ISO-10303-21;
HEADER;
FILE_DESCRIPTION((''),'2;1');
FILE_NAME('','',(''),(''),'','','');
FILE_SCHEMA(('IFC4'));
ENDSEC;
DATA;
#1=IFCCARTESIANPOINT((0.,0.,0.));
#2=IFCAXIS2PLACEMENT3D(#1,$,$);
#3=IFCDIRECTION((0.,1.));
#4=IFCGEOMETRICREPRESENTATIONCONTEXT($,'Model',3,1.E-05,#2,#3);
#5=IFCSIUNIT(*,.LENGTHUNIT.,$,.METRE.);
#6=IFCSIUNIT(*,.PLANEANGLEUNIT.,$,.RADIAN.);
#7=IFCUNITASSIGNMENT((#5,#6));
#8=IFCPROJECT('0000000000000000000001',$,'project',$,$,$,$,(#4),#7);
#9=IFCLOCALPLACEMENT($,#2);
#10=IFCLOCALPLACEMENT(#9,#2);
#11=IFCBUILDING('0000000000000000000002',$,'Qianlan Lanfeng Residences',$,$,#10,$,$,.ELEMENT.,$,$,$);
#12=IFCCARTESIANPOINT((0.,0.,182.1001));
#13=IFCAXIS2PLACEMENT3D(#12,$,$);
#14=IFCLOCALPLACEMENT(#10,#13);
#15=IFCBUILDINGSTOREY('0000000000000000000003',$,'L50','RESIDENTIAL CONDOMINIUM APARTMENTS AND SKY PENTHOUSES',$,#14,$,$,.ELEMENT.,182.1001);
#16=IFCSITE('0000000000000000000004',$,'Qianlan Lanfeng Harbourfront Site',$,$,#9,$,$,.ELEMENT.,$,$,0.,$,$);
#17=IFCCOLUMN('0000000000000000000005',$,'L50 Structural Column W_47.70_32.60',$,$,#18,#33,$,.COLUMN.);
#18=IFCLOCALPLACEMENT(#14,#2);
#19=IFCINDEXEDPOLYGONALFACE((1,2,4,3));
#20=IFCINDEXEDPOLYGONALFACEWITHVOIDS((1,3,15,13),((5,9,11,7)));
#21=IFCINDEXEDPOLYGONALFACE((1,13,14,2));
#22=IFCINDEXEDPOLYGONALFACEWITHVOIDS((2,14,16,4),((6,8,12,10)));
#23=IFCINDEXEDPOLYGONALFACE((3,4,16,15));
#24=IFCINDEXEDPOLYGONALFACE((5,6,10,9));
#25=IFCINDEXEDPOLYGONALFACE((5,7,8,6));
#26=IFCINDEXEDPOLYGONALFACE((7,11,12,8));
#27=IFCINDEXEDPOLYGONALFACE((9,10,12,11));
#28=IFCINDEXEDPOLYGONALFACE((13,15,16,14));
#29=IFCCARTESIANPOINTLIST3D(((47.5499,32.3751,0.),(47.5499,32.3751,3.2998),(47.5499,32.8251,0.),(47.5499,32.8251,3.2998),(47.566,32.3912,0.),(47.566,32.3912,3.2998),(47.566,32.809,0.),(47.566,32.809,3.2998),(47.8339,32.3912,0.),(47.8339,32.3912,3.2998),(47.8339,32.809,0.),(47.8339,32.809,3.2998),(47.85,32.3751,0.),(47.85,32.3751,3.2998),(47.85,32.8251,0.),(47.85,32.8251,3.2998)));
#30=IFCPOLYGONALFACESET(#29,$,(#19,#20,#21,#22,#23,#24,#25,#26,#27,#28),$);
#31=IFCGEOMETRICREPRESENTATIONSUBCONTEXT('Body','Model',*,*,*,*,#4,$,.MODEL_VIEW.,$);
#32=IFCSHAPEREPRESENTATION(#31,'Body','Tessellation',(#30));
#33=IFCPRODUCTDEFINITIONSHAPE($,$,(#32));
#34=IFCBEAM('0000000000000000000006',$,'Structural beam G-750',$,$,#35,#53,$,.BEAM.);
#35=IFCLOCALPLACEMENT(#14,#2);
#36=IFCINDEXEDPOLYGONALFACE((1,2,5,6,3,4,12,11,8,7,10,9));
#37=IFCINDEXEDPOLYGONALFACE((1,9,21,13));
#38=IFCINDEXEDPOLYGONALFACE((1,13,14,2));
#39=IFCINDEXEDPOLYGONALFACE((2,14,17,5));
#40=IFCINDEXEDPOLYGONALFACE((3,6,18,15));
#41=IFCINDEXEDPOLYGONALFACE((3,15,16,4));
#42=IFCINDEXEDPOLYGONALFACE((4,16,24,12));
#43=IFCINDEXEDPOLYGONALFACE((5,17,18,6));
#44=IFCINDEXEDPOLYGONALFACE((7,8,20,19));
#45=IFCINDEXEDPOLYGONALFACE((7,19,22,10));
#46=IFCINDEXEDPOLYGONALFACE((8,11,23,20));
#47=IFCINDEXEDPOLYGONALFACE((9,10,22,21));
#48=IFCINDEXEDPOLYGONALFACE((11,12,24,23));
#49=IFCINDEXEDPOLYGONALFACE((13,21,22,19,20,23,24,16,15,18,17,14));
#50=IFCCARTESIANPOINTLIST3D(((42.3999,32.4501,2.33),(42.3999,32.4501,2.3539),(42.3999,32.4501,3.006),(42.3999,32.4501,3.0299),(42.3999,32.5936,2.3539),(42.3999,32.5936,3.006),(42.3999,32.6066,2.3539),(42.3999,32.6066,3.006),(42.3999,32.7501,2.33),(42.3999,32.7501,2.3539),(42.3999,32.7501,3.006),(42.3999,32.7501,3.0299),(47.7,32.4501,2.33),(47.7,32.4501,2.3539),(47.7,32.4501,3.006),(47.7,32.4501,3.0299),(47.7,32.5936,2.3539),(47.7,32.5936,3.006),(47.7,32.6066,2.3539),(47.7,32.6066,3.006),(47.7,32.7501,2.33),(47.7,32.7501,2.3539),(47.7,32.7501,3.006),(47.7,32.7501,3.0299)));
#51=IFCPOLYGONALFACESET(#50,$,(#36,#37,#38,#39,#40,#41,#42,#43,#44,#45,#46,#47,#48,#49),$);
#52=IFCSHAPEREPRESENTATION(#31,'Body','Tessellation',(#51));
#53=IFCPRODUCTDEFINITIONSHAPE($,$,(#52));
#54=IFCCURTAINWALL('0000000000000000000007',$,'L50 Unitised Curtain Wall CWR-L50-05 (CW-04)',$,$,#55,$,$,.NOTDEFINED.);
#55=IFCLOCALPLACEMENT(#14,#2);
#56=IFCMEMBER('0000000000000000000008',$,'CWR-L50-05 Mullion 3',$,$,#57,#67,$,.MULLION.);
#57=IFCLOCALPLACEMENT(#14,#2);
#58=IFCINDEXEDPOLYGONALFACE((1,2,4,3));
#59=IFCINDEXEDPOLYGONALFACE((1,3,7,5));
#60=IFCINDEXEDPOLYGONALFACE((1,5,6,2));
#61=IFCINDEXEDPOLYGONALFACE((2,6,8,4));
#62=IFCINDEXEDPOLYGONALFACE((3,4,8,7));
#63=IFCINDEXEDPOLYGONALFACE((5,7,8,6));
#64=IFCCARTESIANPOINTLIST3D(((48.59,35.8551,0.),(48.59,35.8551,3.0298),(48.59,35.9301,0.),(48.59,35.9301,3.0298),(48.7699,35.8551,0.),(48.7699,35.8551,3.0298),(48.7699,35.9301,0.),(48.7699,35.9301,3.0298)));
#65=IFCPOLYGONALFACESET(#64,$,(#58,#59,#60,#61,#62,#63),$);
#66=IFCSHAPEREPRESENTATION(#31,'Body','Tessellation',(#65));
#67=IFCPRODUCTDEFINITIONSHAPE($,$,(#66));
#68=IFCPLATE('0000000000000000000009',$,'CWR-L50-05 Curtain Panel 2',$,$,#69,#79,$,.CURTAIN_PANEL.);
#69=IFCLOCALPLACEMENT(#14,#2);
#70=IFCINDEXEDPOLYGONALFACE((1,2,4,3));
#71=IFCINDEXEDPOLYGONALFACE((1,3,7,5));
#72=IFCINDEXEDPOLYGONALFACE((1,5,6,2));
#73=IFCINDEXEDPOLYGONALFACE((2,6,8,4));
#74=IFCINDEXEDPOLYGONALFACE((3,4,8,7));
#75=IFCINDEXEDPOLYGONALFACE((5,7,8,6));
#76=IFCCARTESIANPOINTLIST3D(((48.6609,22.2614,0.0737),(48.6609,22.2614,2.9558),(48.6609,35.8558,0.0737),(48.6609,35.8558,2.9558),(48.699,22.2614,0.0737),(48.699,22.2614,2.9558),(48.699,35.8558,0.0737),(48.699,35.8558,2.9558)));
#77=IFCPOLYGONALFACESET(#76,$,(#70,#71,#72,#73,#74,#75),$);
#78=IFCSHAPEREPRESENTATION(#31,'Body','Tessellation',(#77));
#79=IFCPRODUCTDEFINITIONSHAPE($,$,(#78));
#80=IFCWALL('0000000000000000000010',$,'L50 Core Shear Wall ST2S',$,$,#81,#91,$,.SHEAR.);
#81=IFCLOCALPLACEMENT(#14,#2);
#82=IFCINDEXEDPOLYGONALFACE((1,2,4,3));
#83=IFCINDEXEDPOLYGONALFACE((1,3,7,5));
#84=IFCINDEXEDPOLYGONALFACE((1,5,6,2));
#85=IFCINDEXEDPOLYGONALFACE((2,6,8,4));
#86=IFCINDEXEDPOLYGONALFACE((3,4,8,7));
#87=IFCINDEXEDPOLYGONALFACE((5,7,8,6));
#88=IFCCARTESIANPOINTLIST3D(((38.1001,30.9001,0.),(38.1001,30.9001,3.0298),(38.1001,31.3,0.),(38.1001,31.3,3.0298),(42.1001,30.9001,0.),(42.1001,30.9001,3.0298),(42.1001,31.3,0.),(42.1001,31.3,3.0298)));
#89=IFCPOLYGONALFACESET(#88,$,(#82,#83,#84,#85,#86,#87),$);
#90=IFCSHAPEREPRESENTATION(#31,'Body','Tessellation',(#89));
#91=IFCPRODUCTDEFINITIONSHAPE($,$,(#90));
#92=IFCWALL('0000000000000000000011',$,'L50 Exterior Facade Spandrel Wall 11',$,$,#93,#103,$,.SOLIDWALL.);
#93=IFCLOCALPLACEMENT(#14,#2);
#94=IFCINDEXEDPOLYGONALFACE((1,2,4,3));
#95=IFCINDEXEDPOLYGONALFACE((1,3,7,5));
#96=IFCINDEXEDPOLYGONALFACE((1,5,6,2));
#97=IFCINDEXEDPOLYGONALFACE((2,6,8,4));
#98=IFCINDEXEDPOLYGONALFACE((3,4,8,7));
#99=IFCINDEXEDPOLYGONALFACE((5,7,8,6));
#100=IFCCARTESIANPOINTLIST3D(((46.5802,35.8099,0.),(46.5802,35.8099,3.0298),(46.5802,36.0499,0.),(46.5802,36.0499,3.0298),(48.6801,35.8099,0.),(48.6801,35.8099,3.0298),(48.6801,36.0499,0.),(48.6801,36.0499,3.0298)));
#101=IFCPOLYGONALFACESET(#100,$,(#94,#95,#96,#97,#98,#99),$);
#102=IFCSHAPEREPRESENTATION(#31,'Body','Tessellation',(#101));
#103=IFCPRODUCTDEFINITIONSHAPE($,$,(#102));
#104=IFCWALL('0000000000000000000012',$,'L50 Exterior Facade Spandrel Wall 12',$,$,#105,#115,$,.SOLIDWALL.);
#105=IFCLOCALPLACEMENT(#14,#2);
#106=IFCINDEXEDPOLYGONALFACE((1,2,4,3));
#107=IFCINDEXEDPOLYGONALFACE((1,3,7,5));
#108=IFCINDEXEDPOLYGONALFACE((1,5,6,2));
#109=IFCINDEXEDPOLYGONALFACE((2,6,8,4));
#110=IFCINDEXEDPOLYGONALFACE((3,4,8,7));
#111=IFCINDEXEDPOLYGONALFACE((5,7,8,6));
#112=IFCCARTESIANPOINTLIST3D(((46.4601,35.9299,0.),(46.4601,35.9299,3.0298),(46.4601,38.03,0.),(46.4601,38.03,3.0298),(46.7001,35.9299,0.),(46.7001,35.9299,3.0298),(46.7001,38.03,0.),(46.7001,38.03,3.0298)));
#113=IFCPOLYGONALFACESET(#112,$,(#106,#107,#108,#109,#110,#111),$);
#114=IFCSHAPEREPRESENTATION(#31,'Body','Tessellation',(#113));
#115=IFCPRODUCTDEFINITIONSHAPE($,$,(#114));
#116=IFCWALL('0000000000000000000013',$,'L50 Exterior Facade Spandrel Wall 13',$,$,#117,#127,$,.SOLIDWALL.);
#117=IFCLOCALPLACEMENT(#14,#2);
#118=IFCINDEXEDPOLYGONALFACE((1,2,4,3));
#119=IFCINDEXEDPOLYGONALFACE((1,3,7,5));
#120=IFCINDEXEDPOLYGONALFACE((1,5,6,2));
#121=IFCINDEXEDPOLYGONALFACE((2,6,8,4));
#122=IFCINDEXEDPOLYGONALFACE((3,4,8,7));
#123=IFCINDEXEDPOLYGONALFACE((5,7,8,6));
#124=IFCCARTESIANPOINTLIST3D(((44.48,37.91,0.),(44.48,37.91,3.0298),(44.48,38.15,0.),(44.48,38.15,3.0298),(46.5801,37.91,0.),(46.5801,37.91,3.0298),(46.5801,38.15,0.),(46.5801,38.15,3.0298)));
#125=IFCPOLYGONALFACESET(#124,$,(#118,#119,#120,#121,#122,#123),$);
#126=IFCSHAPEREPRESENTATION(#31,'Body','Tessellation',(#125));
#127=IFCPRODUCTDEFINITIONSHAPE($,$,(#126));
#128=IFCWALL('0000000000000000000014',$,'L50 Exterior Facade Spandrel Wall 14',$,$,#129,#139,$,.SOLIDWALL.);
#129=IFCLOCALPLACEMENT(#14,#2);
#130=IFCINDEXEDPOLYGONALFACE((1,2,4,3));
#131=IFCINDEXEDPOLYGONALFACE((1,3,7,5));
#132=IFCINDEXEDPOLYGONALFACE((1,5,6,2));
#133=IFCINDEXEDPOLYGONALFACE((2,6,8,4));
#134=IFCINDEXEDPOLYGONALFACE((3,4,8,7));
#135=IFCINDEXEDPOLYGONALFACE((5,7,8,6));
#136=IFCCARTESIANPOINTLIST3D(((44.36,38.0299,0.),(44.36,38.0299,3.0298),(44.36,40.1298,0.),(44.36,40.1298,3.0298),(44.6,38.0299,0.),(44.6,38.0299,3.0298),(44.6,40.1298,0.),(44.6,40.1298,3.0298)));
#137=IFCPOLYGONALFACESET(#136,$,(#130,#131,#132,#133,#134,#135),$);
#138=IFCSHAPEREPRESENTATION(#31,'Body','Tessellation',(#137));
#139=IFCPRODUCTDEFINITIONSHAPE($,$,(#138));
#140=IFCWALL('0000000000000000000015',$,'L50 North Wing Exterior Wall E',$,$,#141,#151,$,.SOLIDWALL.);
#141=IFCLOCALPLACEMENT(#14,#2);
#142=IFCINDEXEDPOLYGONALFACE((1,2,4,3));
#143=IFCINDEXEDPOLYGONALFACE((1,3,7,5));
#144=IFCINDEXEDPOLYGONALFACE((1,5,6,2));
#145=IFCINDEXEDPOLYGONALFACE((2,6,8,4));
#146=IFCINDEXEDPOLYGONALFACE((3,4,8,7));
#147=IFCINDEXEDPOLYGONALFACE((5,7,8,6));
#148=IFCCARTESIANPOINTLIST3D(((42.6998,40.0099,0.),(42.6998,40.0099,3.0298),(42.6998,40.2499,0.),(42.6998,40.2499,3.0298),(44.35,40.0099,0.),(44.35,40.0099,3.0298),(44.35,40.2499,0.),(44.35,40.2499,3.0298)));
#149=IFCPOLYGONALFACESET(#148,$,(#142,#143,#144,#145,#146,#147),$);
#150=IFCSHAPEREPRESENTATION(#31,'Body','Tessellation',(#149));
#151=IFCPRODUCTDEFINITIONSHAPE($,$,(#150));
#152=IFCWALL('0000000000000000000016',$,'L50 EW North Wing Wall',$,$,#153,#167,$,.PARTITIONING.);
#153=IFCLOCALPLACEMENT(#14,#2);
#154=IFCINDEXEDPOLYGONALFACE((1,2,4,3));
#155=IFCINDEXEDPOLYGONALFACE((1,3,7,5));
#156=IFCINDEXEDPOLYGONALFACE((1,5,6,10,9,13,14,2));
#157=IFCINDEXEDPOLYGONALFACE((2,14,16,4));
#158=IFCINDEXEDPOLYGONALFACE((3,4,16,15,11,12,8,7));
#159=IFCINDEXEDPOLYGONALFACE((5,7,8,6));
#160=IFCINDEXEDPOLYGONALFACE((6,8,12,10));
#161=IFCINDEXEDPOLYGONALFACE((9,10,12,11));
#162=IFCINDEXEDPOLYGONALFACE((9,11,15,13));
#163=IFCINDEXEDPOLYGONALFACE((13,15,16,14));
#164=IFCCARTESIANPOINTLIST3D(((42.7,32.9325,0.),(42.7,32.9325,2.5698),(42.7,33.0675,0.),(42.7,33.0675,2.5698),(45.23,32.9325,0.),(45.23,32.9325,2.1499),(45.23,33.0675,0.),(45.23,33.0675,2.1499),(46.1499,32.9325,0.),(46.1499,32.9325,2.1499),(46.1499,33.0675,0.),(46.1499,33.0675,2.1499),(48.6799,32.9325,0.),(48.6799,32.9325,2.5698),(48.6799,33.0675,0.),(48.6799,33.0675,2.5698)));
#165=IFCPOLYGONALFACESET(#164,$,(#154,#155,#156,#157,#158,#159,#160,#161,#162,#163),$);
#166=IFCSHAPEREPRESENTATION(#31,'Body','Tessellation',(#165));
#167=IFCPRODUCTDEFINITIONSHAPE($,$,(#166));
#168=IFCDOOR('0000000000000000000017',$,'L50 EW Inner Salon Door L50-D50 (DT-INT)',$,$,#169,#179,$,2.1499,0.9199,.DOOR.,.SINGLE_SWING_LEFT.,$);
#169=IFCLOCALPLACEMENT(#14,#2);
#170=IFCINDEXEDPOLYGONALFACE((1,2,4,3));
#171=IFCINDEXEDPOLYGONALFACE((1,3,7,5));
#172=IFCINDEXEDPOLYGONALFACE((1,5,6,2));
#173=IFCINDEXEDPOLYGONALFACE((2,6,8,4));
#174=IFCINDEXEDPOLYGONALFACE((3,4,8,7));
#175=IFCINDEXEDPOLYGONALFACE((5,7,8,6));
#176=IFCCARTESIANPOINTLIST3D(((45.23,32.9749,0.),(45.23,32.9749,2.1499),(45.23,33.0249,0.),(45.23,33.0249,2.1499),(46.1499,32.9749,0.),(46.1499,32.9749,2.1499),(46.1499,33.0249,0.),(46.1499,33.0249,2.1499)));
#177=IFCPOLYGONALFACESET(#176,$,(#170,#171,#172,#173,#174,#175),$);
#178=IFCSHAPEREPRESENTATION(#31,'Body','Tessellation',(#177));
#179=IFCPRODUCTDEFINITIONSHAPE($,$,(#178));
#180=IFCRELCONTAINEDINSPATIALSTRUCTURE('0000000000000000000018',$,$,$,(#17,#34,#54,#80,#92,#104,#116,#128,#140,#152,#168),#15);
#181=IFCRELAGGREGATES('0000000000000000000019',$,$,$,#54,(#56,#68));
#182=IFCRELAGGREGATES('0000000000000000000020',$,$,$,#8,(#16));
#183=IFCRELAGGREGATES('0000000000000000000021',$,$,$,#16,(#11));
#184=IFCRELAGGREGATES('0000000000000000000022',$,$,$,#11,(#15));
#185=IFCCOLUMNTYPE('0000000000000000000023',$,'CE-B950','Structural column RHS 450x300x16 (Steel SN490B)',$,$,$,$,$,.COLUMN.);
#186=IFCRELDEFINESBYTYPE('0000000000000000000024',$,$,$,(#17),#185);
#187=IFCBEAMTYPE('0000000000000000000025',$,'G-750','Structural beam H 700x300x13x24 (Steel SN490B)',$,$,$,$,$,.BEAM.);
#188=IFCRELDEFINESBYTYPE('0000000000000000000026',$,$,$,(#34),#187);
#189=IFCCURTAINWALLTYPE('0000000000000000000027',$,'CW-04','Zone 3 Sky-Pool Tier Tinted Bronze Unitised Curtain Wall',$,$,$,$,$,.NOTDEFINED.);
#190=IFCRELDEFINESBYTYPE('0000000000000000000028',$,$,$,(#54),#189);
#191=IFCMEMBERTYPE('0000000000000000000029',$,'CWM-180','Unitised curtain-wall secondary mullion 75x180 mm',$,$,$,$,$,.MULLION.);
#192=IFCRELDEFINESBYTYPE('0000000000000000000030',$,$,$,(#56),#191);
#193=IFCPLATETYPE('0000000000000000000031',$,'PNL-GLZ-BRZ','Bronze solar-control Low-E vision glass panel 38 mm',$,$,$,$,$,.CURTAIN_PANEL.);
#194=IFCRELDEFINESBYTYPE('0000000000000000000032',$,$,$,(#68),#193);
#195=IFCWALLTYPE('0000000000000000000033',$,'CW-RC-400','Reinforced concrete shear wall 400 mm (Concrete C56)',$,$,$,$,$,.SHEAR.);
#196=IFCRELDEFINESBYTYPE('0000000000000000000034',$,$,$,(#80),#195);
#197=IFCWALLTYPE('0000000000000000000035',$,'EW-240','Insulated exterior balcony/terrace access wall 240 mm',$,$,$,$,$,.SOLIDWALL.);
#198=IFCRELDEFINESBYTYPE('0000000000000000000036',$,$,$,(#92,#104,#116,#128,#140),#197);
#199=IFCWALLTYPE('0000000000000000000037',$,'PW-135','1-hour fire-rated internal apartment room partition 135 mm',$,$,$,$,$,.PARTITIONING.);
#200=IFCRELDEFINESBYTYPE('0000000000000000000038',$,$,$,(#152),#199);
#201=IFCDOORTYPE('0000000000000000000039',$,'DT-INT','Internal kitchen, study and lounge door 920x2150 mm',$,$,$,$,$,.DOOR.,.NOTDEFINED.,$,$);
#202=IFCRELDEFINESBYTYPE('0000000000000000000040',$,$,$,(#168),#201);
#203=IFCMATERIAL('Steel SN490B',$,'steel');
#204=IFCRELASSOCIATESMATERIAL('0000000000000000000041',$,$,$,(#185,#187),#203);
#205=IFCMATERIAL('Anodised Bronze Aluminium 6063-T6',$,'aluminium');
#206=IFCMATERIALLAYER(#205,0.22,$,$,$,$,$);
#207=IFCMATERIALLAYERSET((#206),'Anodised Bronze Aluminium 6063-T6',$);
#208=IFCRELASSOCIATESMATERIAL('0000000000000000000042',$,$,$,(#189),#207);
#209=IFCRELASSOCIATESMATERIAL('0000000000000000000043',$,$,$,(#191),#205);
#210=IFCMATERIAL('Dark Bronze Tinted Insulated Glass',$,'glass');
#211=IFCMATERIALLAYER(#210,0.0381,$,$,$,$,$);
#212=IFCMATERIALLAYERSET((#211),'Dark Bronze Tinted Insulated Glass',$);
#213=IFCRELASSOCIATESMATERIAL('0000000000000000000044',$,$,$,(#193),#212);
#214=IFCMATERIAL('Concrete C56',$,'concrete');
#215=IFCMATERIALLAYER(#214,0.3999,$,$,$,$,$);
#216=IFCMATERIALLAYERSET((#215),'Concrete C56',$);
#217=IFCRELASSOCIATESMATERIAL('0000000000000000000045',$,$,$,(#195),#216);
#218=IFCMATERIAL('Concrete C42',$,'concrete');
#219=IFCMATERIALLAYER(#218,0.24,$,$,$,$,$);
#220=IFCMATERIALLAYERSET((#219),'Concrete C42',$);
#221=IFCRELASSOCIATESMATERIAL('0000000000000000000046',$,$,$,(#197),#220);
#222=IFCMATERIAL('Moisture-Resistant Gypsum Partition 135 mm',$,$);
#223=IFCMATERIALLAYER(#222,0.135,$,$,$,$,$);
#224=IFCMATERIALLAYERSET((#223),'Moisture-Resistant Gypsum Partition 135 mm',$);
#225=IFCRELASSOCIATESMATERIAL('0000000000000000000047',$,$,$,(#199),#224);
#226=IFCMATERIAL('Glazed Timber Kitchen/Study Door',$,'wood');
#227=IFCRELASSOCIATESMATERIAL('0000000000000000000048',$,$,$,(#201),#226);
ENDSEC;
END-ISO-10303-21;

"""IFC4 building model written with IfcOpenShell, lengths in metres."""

from ifc_helpers import new_model, si_unit, direction, frame, frame_2d, origin, origin_2d, place, context, subcontext, project, spatial, rectangle, hollow_rectangle, i_section, extrude, source, transform, mapped, material, layer, layer_set, material_profile, profile_set, type_object, element, fill, aggregate, save


model = new_model("IFC4")

# Units and contexts
model_context = context("Model", 3, precision=1e-05, world=origin(), true_north=direction((0.0, 1.0)))
body_context = subcontext(model_context, "Body", "Model", "MODEL_VIEW")
ifc_project = project(units=[si_unit("LENGTHUNIT", "METRE"), si_unit("PLANEANGLEUNIT", "RADIAN")], contexts=[model_context])

# Site, building, storey
site_placement = place(None, origin())
site = spatial("IfcSite", under=ifc_project, at=site_placement, Name="Qianlan Lanfeng Harbourfront Site", CompositionType="ELEMENT", RefElevation=0.0)
building_placement = place(site_placement, origin())
building = spatial("IfcBuilding", under=site, at=building_placement, Name="Qianlan Lanfeng Residences", CompositionType="ELEMENT")
storey_placement = place(building_placement, frame((0.0, 0.0, 182.1001)))
storey = spatial("IfcBuildingStorey", under=building, at=storey_placement, Name="L50", Description="RESIDENTIAL CONDOMINIUM APARTMENTS AND SKY PENTHOUSES", CompositionType="ELEMENT", Elevation=182.1001)

# Column
ifc_material_1 = material(Name="Steel SN490B", Category="steel")
ifc_material_profile_1 = material_profile(ifc_material_1, hollow_rectangle(XDim=0.3, YDim=0.45, WallThickness=0.0161, at=origin_2d()), Name="RHS 450x300x16")
ifc_profile_set_1 = profile_set([ifc_material_profile_1], Name="Steel SN490B")
column_type = type_object("IfcColumnType", Name="CE-B950", Description="Structural column RHS 450x300x16 (Steel SN490B)", PredefinedType="COLUMN", material=ifc_profile_set_1)
column_placement = place(storey_placement, frame((47.7, 32.6001, 0.0), z_axis=(0.0, 0.0, 1.0), x_axis=(1.0, 0.0, 0.0)))
element("IfcColumn", 1, at=column_placement, inside=storey, type_object=column_type, Name="L50 Structural Column W_47.70_32.60", PredefinedType="COLUMN", context=body_context, shape_type="SweptSolid", body=[
    extrude(hollow_rectangle(XDim=0.3, YDim=0.45, WallThickness=0.0161, at=origin_2d()), origin(), (0.0, 0.0, 1.0), 3.2998),
])

# Beam
ifc_material_profile_2 = material_profile(ifc_material_1, i_section(OverallWidth=0.3, OverallDepth=0.7, WebThickness=0.0129, FlangeThickness=0.0239, at=origin_2d()), Name="H 700x300x13x24")
ifc_profile_set_2 = profile_set([ifc_material_profile_2], Name="Steel SN490B")
beam_type = type_object("IfcBeamType", Name="G-750", Description="Structural beam H 700x300x13x24 (Steel SN490B)", PredefinedType="BEAM", material=ifc_profile_set_2)
beam_placement = place(storey_placement, frame((42.3999, 32.6001, 2.6799), z_axis=(1.0, 0.0, 0.0), x_axis=(0.0, 1.0, 0.0)))
element("IfcBeam", 2, at=beam_placement, inside=storey, type_object=beam_type, Name="Structural beam G-750", PredefinedType="BEAM", context=body_context, shape_type="SweptSolid", body=[
    extrude(i_section(OverallWidth=0.3, OverallDepth=0.7, WebThickness=0.0129, FlangeThickness=0.0239, at=origin_2d()), origin(), (0.0, 0.0, 1.0), 5.3),
])

# Curtain wall, member, plate
ifc_material_2 = material(Name="Anodised Bronze Aluminium 6063-T6", Category="aluminium")
ifc_layer_1 = layer(ifc_material_2, 0.22)
ifc_layer_set_1 = layer_set([ifc_layer_1], Name="Anodised Bronze Aluminium 6063-T6")
curtain_wall_type = type_object("IfcCurtainWallType", Name="CW-04", Description="Zone 3 Sky-Pool Tier Tinted Bronze Unitised Curtain Wall", PredefinedType="NOTDEFINED", material=ifc_layer_set_1)
curtain_wall_placement = place(storey_placement, origin())
curtain_wall = element("IfcCurtainWall", 3, at=curtain_wall_placement, inside=storey, type_object=curtain_wall_type, Name="L50 Unitised Curtain Wall CWR-L50-05 (CW-04)", PredefinedType="NOTDEFINED")
ifc_material_profile_3 = material_profile(ifc_material_2, rectangle(XDim=0.075, YDim=0.1799, at=origin_2d()), Name="ALU MULLION 75x180")
ifc_profile_set_3 = profile_set([ifc_material_profile_3], Name="Anodised Bronze Aluminium 6063-T6")
member_type = type_object("IfcMemberType", Name="CWM-180", Description="Unitised curtain-wall secondary mullion 75x180 mm", PredefinedType="MULLION", material=ifc_profile_set_3)
shared_shape_1 = source(origin(), body_context, "Body", "SweptSolid", [
    extrude(rectangle(XDim=0.075, YDim=0.1799, at=origin_2d()), origin(), (0.0, 0.0, 1.0), 3.0298),
])
member_placement = place(storey_placement, frame((48.6799, 35.8926, 0.0), z_axis=(0.0, 0.0, 1.0), x_axis=(0.0, 1.0, 0.0)))
member = element("IfcMember", 4, at=member_placement, type_object=member_type, Name="CWR-L50-05 Mullion 3", PredefinedType="MULLION", context=body_context, shape_type="MappedRepresentation", body=[
    mapped(shared_shape_1, transform((0.0, 0.0, 0.0), scale=1.0)),
])
ifc_material_3 = material(Name="Dark Bronze Tinted Insulated Glass", Category="glass")
ifc_layer_2 = layer(ifc_material_3, 0.0381)
ifc_layer_set_2 = layer_set([ifc_layer_2], Name="Dark Bronze Tinted Insulated Glass")
plate_type = type_object("IfcPlateType", Name="PNL-GLZ-BRZ", Description="Bronze solar-control Low-E vision glass panel 38 mm", PredefinedType="CURTAIN_PANEL", material=ifc_layer_set_2)
shared_shape_2 = source(origin(), body_context, "Body", "SweptSolid", [
    extrude(rectangle(XDim=13.5945, YDim=0.0381, at=origin_2d()), origin(), (0.0, 0.0, 1.0), 2.8821),
])
plate_placement = place(storey_placement, frame((48.6799, 29.0586, 0.0737), z_axis=(0.0, 0.0, 1.0), x_axis=(0.0, 1.0, 0.0)))
plate = element("IfcPlate", 5, at=plate_placement, type_object=plate_type, Name="CWR-L50-05 Curtain Panel 2", PredefinedType="CURTAIN_PANEL", context=body_context, shape_type="MappedRepresentation", body=[
    mapped(shared_shape_2, transform((0.0, 0.0, 0.0), scale=1.0)),
])
aggregate(curtain_wall, [member, plate])

# Walls
ifc_material_4 = material(Name="Concrete C56", Category="concrete")
ifc_layer_3 = layer(ifc_material_4, 0.3999)
ifc_layer_set_3 = layer_set([ifc_layer_3], Name="Concrete C56")
wall_type_1 = type_object("IfcWallType", Name="CW-RC-400", Description="Reinforced concrete shear wall 400 mm (Concrete C56)", PredefinedType="SHEAR", material=ifc_layer_set_3)
wall_1_placement = place(storey_placement, frame((38.1001, 31.1001, 0.0), z_axis=(0.0, 0.0, 1.0), x_axis=(1.0, 0.0, 0.0)))
element("IfcWall", 6, at=wall_1_placement, inside=storey, type_object=wall_type_1, Name="L50 Core Shear Wall ST2S", PredefinedType="SHEAR", context=body_context, shape_type="SweptSolid", body=[
    extrude(rectangle(XDim=4.0, YDim=0.3999, at=frame_2d((2.0, 0.0))), origin(), (0.0, 0.0, 1.0), 3.0298),
])
ifc_material_5 = material(Name="Concrete C42", Category="concrete")
ifc_layer_4 = layer(ifc_material_5, 0.24)
ifc_layer_set_4 = layer_set([ifc_layer_4], Name="Concrete C42")
wall_type_2 = type_object("IfcWallType", Name="EW-240", Description="Insulated exterior balcony/terrace access wall 240 mm", PredefinedType="SOLIDWALL", material=ifc_layer_set_4)
wall_2_placement = place(storey_placement, frame((48.6799, 35.9299, 0.0), z_axis=(0.0, 0.0, 1.0), x_axis=(-1.0, 0.0, 0.0)))
element("IfcWall", 7, at=wall_2_placement, inside=storey, type_object=wall_type_2, Name="L50 Exterior Facade Spandrel Wall 11", PredefinedType="SOLIDWALL", context=body_context, shape_type="SweptSolid", body=[
    extrude(rectangle(XDim=2.0999, YDim=0.24, at=frame_2d((1.0498, 0.0))), origin(), (0.0, 0.0, 1.0), 3.0298),
])
for number, where, z_axis, x_axis, name in (
    (8, (46.5801, 35.9299, 0.0), (0.0, 0.0, 1.0), (0.0, 1.0, 0.0), "L50 Exterior Facade Spandrel Wall 12"),
    (9, (46.5801, 38.03, 0.0), (0.0, 0.0, 1.0), (-1.0, 0.0, 0.0), "L50 Exterior Facade Spandrel Wall 13"),
):
    element("IfcWall", number, at=place(storey_placement, frame(where, z_axis=z_axis, x_axis=x_axis)), inside=storey, type_object=wall_type_2, Name=name, PredefinedType="SOLIDWALL", context=body_context, shape_type="SweptSolid", body=[
        extrude(rectangle(XDim=2.1001, YDim=0.24, at=frame_2d((1.05, 0.0))), origin(), (0.0, 0.0, 1.0), 3.0298),
    ])
wall_3_placement = place(storey_placement, frame((44.48, 38.03, 0.0), z_axis=(0.0, 0.0, 1.0), x_axis=(0.0, 1.0, 0.0)))
element("IfcWall", 10, at=wall_3_placement, inside=storey, type_object=wall_type_2, Name="L50 Exterior Facade Spandrel Wall 14", PredefinedType="SOLIDWALL", context=body_context, shape_type="SweptSolid", body=[
    extrude(rectangle(XDim=2.0999, YDim=0.24, at=frame_2d((1.0498, 0.0))), origin(), (0.0, 0.0, 1.0), 3.0298),
])
wall_4_placement = place(storey_placement, frame((44.3501, 40.1299, 0.0), z_axis=(0.0, 0.0, 1.0), x_axis=(-1.0, 0.0, 0.0)))
element("IfcWall", 11, at=wall_4_placement, inside=storey, type_object=wall_type_2, Name="L50 North Wing Exterior Wall E", PredefinedType="SOLIDWALL", context=body_context, shape_type="SweptSolid", body=[
    extrude(rectangle(XDim=1.6501, YDim=0.24, at=frame_2d((0.8252, 0.0))), origin(), (0.0, 0.0, 1.0), 3.0298),
])

# Wall, opening, door
ifc_material_6 = material(Name="Moisture-Resistant Gypsum Partition 135 mm")
ifc_layer_5 = layer(ifc_material_6, 0.135)
ifc_layer_set_5 = layer_set([ifc_layer_5], Name="Moisture-Resistant Gypsum Partition 135 mm")
wall_type_3 = type_object("IfcWallType", Name="PW-135", Description="1-hour fire-rated internal apartment room partition 135 mm", PredefinedType="PARTITIONING", material=ifc_layer_set_5)
wall_5_placement = place(storey_placement, frame((42.7, 33.0, 0.0), z_axis=(0.0, 0.0, 1.0), x_axis=(1.0, 0.0, 0.0)))
wall_5 = element("IfcWall", 12, at=wall_5_placement, inside=storey, type_object=wall_type_3, Name="L50 EW North Wing Wall", PredefinedType="PARTITIONING", context=body_context, shape_type="SweptSolid", body=[
    extrude(rectangle(XDim=5.98, YDim=0.135, at=frame_2d((2.99, 0.0))), origin(), (0.0, 0.0, 1.0), 2.5698),
])
opening_placement = place(wall_5_placement, frame((2.53, 0.0, 0.0)))
opening = element("IfcOpeningElement", 13, at=opening_placement, cuts=wall_5, PredefinedType="OPENING", context=body_context, shape_type="SweptSolid", body=[
    extrude(rectangle(XDim=0.9199, YDim=2.1499, at=frame_2d((0.46, 1.075))), frame((0.0, 0.0776, 0.0), z_axis=(0.0, -1.0, 0.0), x_axis=(1.0, 0.0, 0.0)), (0.0, 0.0, 1.0), 0.155),
])
ifc_material_7 = material(Name="Glazed Timber Kitchen/Study Door", Category="wood")
door_type = type_object("IfcDoorType", Name="DT-INT", Description="Internal kitchen, study and lounge door 920x2150 mm", OperationType="NOTDEFINED", PredefinedType="DOOR", material=ifc_material_7)
door_placement = place(opening_placement, origin())
door = element("IfcDoor", 14, at=door_placement, inside=storey, type_object=door_type, Name="L50 EW Inner Salon Door L50-D50 (DT-INT)", OperationType="SINGLE_SWING_LEFT", OverallHeight=2.1499, OverallWidth=0.9199, PredefinedType="DOOR", context=body_context, shape_type="SweptSolid", body=[
    extrude(rectangle(XDim=0.9199, YDim=2.1499, at=frame_2d((0.46, 1.075))), frame((0.0, 0.0249, 0.0), z_axis=(0.0, -1.0, 0.0), x_axis=(1.0, 0.0, 0.0)), (0.0, 0.0, 1.0), 0.05),
])
fill(opening, door)

save(model, "model.ifc")
